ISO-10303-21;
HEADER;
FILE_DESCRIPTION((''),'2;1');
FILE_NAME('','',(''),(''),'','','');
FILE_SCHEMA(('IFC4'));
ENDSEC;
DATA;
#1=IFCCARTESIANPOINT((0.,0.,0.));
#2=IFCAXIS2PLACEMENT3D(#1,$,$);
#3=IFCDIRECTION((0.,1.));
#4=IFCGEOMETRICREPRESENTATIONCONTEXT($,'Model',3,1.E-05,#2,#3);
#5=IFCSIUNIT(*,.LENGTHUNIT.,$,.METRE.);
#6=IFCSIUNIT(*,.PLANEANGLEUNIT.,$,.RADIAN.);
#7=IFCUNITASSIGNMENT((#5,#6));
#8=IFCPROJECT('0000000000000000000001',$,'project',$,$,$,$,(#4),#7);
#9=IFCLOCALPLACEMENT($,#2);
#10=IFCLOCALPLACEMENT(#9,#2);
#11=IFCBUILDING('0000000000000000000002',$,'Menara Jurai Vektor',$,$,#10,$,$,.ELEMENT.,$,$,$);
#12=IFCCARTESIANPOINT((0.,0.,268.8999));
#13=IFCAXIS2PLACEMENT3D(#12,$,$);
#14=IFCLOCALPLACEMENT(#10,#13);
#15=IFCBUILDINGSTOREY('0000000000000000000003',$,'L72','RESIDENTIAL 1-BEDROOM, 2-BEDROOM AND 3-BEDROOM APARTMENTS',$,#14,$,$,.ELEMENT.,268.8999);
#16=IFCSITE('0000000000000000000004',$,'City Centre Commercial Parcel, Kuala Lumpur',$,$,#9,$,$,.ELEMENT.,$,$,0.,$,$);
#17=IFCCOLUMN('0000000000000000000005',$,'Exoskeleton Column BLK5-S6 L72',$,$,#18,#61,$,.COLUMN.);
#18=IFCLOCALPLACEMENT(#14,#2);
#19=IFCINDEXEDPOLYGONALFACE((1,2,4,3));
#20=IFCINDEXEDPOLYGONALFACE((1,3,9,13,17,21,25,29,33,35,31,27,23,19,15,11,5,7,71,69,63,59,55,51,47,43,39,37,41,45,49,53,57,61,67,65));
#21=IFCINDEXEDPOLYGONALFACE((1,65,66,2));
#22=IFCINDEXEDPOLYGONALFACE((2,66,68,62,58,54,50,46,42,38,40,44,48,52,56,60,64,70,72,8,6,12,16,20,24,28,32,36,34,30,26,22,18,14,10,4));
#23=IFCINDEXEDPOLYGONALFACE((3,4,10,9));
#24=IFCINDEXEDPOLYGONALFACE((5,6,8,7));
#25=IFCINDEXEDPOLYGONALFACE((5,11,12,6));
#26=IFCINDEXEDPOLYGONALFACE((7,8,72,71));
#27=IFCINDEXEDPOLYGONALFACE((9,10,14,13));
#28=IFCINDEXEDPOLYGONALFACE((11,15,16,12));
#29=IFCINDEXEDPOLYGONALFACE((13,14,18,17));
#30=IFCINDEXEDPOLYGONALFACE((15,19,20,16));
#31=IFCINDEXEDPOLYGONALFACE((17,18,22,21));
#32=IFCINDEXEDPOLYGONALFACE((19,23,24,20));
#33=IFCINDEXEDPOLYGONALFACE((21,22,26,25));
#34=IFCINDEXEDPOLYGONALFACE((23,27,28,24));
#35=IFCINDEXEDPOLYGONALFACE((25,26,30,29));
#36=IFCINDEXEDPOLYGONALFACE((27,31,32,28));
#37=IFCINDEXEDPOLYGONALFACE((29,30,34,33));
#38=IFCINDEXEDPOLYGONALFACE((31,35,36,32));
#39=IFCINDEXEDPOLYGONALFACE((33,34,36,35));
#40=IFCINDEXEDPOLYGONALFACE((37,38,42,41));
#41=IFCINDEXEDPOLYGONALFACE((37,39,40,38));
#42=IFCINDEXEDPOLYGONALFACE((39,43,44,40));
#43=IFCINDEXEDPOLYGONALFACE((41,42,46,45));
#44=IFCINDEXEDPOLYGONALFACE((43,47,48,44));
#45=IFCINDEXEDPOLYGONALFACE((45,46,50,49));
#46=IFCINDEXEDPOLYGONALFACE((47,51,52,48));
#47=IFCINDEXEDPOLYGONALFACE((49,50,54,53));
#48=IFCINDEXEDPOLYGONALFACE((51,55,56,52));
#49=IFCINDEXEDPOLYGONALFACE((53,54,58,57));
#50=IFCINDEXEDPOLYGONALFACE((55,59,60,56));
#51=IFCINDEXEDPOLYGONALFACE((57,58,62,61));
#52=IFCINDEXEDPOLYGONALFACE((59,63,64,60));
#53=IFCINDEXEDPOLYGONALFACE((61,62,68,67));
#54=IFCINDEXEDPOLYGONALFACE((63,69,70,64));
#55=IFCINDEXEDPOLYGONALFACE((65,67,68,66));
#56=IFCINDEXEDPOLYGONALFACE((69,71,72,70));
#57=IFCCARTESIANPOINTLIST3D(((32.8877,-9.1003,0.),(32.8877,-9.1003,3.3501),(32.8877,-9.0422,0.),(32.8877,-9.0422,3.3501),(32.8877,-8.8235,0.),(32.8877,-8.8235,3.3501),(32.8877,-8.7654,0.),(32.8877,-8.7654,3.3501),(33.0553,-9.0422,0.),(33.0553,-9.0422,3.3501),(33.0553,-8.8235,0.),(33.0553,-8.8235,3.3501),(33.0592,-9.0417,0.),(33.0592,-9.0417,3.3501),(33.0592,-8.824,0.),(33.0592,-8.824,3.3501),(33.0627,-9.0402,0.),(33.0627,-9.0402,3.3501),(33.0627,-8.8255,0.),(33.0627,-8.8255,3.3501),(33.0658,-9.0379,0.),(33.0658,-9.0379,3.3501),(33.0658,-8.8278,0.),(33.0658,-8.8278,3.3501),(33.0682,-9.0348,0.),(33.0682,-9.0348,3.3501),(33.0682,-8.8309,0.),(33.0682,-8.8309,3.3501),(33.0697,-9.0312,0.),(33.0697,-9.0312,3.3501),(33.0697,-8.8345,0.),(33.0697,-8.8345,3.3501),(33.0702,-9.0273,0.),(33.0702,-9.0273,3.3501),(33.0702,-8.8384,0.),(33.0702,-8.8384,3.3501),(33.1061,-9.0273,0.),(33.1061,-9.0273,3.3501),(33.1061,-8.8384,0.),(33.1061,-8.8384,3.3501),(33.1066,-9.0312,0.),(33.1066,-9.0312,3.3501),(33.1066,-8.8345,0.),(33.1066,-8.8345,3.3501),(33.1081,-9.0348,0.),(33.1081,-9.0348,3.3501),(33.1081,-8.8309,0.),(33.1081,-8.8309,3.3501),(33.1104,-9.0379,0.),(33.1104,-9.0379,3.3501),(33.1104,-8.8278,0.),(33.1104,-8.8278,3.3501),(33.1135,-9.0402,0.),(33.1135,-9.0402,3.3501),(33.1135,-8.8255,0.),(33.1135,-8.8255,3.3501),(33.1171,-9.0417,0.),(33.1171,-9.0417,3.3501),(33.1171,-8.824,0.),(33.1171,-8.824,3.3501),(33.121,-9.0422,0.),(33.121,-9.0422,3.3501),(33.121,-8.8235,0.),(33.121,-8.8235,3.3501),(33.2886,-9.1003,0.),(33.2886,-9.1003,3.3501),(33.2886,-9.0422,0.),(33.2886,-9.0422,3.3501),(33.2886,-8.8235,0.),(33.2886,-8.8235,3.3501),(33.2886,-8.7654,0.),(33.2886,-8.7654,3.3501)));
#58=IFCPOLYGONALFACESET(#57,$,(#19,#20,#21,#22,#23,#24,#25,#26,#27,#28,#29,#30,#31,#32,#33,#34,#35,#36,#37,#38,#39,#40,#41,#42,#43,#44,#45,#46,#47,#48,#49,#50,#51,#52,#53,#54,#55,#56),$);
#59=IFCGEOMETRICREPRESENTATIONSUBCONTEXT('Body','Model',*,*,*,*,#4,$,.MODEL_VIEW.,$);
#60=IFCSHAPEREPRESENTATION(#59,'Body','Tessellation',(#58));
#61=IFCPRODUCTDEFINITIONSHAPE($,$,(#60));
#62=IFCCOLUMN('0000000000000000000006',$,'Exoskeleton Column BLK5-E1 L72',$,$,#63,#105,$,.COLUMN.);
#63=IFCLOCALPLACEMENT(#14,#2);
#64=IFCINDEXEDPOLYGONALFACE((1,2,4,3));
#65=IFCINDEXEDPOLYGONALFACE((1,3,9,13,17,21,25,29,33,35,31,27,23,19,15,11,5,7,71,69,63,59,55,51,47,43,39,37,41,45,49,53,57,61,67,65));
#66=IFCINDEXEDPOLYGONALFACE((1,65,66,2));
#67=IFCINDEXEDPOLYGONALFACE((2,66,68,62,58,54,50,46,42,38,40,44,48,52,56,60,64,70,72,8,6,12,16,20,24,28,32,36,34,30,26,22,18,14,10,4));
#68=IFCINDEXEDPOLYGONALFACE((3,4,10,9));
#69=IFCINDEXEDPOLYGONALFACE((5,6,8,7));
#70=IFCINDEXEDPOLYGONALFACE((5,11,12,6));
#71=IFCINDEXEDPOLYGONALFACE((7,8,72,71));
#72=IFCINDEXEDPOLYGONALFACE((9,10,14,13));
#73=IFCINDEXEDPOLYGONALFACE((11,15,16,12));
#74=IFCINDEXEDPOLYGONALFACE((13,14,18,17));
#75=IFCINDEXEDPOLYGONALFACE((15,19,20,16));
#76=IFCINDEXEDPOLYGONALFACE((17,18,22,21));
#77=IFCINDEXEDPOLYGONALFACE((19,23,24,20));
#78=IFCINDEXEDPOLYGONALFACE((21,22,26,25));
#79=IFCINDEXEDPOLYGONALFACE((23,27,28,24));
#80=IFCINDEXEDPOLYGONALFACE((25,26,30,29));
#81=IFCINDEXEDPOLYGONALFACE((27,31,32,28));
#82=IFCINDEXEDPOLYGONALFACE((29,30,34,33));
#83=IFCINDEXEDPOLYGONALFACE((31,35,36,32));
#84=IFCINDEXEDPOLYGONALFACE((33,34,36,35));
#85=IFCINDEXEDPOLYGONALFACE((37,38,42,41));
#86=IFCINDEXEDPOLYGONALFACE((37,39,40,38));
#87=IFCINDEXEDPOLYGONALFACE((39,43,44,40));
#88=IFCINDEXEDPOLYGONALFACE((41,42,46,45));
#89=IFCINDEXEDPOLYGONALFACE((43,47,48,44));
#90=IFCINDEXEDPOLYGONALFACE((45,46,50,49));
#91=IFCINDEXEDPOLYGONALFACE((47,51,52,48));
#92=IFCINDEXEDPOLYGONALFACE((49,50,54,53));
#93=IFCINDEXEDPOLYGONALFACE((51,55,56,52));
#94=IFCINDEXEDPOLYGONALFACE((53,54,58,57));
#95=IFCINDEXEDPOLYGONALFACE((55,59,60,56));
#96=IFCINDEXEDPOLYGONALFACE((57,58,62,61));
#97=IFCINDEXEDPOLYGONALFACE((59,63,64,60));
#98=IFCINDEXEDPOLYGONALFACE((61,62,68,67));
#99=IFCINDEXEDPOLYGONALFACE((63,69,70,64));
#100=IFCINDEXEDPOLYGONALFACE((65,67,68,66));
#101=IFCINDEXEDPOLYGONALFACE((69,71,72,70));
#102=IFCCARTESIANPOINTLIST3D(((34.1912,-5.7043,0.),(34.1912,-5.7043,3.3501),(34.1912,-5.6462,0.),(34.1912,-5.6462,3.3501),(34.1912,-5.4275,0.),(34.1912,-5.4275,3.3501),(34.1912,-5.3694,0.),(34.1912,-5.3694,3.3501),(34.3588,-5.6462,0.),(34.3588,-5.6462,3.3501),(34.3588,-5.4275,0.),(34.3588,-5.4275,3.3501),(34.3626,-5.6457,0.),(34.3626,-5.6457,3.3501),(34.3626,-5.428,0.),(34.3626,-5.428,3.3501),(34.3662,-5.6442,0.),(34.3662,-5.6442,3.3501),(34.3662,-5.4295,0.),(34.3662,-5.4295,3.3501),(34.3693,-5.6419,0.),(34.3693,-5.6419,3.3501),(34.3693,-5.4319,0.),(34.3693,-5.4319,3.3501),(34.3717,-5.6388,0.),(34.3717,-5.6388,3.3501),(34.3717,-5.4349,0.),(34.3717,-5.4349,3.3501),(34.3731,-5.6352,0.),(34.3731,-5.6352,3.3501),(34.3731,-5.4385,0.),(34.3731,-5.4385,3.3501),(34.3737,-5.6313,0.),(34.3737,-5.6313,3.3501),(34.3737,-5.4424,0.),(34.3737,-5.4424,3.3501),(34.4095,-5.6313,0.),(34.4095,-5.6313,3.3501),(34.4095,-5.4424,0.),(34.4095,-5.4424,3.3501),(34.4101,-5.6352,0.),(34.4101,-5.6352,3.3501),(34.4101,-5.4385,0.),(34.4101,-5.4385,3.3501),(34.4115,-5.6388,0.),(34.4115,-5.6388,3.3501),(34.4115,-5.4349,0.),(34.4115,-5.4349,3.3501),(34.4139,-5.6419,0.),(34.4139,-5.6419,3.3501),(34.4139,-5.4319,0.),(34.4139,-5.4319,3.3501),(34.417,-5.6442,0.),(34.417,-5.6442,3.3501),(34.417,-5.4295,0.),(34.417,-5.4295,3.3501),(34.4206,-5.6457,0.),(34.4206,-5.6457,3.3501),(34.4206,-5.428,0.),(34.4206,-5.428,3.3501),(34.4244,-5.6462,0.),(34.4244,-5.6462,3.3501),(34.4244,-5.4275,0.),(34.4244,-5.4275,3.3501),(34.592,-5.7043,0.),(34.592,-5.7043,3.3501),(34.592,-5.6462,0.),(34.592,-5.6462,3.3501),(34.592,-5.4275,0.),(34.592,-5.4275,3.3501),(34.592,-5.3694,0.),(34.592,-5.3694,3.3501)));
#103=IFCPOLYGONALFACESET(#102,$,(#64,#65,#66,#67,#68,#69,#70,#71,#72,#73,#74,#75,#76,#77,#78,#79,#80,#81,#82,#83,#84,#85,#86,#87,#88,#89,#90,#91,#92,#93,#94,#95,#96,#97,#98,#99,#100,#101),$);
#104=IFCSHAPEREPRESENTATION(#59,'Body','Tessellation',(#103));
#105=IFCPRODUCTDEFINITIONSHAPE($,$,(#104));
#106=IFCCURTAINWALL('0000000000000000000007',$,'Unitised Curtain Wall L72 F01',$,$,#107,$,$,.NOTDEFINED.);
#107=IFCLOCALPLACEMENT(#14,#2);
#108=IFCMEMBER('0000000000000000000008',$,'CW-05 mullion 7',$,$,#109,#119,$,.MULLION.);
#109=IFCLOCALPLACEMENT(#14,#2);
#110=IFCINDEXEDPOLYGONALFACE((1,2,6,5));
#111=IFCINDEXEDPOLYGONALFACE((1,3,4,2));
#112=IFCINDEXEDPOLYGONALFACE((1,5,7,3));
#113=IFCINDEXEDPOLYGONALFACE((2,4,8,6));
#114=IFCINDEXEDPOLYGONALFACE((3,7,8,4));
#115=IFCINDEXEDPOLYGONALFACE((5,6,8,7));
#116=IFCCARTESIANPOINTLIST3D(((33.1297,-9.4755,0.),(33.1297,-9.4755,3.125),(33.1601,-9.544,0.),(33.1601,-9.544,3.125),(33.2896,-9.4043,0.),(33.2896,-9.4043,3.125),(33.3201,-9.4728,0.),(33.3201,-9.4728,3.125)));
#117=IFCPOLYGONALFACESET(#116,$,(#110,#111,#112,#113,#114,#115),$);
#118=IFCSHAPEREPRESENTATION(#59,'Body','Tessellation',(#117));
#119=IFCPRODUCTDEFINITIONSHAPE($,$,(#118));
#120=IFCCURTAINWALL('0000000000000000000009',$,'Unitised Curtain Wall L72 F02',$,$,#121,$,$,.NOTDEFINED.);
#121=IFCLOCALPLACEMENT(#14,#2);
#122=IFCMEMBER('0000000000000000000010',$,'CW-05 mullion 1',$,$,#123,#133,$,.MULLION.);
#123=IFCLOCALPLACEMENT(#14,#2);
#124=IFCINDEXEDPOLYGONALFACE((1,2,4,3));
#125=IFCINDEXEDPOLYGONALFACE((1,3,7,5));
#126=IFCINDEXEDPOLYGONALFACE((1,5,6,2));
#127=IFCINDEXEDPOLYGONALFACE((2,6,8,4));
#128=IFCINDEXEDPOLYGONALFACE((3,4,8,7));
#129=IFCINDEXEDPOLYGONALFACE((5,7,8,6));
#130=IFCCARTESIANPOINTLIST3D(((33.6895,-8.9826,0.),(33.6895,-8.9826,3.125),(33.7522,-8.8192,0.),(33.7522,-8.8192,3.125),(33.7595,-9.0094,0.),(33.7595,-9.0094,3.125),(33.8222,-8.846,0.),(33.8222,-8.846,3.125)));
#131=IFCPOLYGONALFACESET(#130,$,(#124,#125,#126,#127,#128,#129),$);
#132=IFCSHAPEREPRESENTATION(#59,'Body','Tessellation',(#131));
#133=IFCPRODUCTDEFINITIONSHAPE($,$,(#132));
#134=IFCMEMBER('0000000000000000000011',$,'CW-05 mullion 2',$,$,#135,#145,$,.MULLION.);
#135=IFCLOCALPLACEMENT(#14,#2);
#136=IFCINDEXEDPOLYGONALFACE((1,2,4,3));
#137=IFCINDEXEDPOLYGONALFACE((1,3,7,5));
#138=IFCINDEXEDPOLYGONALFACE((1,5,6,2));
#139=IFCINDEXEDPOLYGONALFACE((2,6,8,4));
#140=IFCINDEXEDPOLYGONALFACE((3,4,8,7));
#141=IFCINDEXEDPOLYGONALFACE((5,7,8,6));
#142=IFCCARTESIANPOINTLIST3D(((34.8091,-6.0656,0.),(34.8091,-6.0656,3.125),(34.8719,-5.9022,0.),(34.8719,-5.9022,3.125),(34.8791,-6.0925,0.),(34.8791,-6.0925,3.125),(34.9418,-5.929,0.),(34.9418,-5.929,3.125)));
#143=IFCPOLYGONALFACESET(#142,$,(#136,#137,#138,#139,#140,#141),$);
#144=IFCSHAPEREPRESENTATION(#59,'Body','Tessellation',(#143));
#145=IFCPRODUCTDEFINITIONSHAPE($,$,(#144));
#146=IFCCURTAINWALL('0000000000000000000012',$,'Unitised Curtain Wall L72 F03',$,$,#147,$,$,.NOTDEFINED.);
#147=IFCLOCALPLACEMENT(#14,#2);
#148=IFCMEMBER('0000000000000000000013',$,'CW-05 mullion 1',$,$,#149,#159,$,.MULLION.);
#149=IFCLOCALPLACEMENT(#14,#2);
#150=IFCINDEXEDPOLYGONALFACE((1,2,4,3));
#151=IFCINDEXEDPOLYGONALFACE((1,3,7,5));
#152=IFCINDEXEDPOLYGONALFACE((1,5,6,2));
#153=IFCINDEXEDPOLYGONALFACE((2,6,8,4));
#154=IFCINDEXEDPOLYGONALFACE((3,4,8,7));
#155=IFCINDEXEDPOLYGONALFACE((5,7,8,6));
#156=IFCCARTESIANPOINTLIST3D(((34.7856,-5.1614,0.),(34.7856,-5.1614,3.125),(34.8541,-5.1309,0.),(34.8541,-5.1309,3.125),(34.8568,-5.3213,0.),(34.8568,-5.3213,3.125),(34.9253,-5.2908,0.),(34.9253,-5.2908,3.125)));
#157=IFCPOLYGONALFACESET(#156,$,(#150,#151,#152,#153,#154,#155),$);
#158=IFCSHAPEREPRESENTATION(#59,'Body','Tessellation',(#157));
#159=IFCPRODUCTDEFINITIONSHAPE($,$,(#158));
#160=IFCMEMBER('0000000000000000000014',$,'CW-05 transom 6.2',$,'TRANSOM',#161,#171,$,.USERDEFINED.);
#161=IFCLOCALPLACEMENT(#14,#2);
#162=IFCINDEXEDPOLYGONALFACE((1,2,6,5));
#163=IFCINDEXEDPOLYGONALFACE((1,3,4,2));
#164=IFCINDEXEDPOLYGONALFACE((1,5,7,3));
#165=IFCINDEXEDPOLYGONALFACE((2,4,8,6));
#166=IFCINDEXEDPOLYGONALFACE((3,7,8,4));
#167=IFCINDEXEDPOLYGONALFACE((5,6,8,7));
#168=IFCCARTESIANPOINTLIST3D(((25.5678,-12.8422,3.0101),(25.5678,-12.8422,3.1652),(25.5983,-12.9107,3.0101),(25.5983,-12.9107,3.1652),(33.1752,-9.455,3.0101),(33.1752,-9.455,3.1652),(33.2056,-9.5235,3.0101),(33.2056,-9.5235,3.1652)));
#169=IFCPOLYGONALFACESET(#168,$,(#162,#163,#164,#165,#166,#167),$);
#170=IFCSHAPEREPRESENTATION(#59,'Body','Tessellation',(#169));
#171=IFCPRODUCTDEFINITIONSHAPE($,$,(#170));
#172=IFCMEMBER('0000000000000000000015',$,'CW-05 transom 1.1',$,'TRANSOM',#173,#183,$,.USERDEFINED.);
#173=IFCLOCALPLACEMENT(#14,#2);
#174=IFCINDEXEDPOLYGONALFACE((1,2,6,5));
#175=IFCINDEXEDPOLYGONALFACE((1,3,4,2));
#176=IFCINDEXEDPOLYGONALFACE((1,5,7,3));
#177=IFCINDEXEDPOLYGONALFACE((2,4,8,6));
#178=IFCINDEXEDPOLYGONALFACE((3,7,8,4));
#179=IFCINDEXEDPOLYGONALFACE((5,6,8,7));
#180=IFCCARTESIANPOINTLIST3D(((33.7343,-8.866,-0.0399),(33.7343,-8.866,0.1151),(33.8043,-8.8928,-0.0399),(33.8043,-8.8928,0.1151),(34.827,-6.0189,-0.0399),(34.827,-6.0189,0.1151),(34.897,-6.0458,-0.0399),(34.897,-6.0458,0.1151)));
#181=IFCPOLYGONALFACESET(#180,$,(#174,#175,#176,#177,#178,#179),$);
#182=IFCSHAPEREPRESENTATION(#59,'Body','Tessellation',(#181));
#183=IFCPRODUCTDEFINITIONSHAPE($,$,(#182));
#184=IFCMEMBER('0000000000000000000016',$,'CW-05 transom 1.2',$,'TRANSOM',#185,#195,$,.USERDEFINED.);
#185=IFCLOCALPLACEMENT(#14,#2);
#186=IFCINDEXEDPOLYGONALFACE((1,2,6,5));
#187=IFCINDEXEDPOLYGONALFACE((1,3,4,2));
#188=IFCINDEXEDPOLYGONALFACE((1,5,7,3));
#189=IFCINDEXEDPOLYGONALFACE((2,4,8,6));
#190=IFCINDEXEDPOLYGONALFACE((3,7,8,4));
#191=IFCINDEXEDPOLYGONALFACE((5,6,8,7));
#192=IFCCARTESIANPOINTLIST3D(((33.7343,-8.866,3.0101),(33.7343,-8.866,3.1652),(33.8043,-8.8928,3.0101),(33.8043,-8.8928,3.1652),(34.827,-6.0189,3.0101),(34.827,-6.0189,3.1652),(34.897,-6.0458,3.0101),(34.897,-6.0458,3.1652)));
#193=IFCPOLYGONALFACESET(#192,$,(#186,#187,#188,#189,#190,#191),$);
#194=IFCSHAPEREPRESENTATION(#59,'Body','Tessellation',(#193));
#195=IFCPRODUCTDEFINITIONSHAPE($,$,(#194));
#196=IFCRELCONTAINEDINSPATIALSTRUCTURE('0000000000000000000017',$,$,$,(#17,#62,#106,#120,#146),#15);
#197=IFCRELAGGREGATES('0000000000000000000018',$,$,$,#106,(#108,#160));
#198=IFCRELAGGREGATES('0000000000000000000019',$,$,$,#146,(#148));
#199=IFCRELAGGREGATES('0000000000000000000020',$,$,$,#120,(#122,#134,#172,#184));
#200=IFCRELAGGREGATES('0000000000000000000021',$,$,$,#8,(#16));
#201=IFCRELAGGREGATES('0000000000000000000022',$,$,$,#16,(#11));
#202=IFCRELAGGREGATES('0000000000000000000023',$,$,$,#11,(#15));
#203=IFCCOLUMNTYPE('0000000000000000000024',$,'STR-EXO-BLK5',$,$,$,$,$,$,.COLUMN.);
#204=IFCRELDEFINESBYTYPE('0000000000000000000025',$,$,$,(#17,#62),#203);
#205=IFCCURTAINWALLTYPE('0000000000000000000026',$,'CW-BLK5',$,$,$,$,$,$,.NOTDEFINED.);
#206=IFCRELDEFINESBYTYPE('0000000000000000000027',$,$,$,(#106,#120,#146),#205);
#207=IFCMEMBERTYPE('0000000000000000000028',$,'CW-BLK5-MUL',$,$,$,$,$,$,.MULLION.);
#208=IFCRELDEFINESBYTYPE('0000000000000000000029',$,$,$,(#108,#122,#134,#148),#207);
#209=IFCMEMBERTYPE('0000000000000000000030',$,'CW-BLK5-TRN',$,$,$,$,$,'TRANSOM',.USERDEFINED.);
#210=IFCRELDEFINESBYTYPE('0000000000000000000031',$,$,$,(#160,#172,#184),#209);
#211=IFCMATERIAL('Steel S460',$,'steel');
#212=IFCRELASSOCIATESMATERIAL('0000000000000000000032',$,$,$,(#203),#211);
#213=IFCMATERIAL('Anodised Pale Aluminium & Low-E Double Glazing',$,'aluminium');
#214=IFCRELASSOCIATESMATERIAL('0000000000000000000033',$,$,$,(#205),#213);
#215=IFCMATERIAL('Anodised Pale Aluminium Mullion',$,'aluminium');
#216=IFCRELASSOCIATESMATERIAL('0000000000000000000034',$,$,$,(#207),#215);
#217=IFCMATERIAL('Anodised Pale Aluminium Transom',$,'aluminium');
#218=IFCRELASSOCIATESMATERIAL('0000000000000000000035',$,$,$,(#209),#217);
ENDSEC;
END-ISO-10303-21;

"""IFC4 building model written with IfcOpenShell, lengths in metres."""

from ifc_helpers import new_model, si_unit, direction, frame, origin, origin_2d, place, context, subcontext, project, spatial, rectangle, i_section, extrude, material, material_profile, profile_set, type_object, element, aggregate, save


model = new_model("IFC4")

# Units and contexts
model_context = context("Model", 3, precision=1e-05, world=origin(), true_north=direction((0.0, 1.0)))
body_context = subcontext(model_context, "Body", "Model", "MODEL_VIEW")
ifc_project = project(units=[si_unit("LENGTHUNIT", "METRE"), si_unit("PLANEANGLEUNIT", "RADIAN")], contexts=[model_context])

# Site, building, storey
site_placement = place(None, origin())
site = spatial("IfcSite", under=ifc_project, at=site_placement, Name="City Centre Commercial Parcel, Kuala Lumpur", CompositionType="ELEMENT", RefElevation=0.0)
building_placement = place(site_placement, origin())
building = spatial("IfcBuilding", under=site, at=building_placement, Name="Menara Jurai Vektor", CompositionType="ELEMENT")
storey_placement = place(building_placement, frame((0.0, 0.0, 268.8999)))
storey = spatial("IfcBuildingStorey", under=building, at=storey_placement, Name="L72", Description="RESIDENTIAL 1-BEDROOM, 2-BEDROOM AND 3-BEDROOM APARTMENTS", CompositionType="ELEMENT", Elevation=268.8999)

# Columns
ifc_material_1 = material(Name="Steel S460", Category="steel")
ifc_material_profile_1 = material_profile(ifc_material_1, i_section(OverallWidth=0.4009, OverallDepth=0.335, WebThickness=0.0359, FlangeThickness=0.0581, FilletRadius=0.0149, at=origin_2d()), Name="HD 400x463")
ifc_profile_set_1 = profile_set([ifc_material_profile_1], Name="Steel S460")
column_type = type_object("IfcColumnType", Name="STR-EXO-BLK5", PredefinedType="COLUMN", material=ifc_profile_set_1)
for number, where, z_axis, x_axis, name in (
    (1, (33.0881, -8.9329, 0.0), (0.0, 0.0, 1.0), (1.0, 0.0, 0.0), "Exoskeleton Column BLK5-S6 L72"),
    (2, (34.3916, -5.5369, 0.0), (0.0, 0.0, 1.0), (1.0, 0.0, 0.0), "Exoskeleton Column BLK5-E1 L72"),
):
    element("IfcColumn", number, at=place(storey_placement, frame(where, z_axis=z_axis, x_axis=x_axis)), inside=storey, type_object=column_type, Name=name, PredefinedType="COLUMN", context=body_context, shape_type="SweptSolid", body=[
        extrude(i_section(OverallWidth=0.4009, OverallDepth=0.335, WebThickness=0.0359, FlangeThickness=0.0581, FilletRadius=0.0149, at=origin_2d()), origin(), (0.0, 0.0, 1.0), 3.3501),
    ])

# Curtain wall, member
ifc_material_2 = material(Name="Anodised Pale Aluminium & Low-E Double Glazing", Category="aluminium")
curtain_wall_type = type_object("IfcCurtainWallType", Name="CW-BLK5", PredefinedType="NOTDEFINED", material=ifc_material_2)
curtain_wall_1_placement = place(storey_placement, origin())
curtain_wall_1 = element("IfcCurtainWall", 3, at=curtain_wall_1_placement, inside=storey, type_object=curtain_wall_type, Name="Unitised Curtain Wall L72 F01", PredefinedType="NOTDEFINED")
ifc_material_3 = material(Name="Anodised Pale Aluminium Mullion", Category="aluminium")
ifc_material_profile_2 = material_profile(ifc_material_3, rectangle(XDim=0.075, YDim=0.175, at=origin_2d()), Name="ALU MUL 75x175")
ifc_profile_set_2 = profile_set([ifc_material_profile_2], Name="Anodised Pale Aluminium Mullion")
member_type_1 = type_object("IfcMemberType", Name="CW-BLK5-MUL", PredefinedType="MULLION", material=ifc_profile_set_2)
member_1_placement = place(storey_placement, frame((33.2249, -9.4741, 0.0), z_axis=(0.0, 0.0, 1.0), x_axis=(-0.406735, 0.913546, 0.0)))
member_1 = element("IfcMember", 4, at=member_1_placement, type_object=member_type_1, Name="CW-05 mullion 7", PredefinedType="MULLION", context=body_context, shape_type="SweptSolid", body=[
    extrude(rectangle(XDim=0.075, YDim=0.175, at=origin_2d()), origin(), (0.0, 0.0, 1.0), 3.125),
])

# Curtain wall, members
curtain_wall_2_placement = place(storey_placement, origin())
curtain_wall_2 = element("IfcCurtainWall", 5, at=curtain_wall_2_placement, inside=storey, type_object=curtain_wall_type, Name="Unitised Curtain Wall L72 F02", PredefinedType="NOTDEFINED")
member_2_placement = place(storey_placement, frame((33.7559, -8.9143, 0.0), z_axis=(0.0, 0.0, 1.0), x_axis=(-0.933578, 0.358374, 0.0)))
member_2 = element("IfcMember", 6, at=member_2_placement, type_object=member_type_1, Name="CW-05 mullion 1", PredefinedType="MULLION", context=body_context, shape_type="SweptSolid", body=[
    extrude(rectangle(XDim=0.075, YDim=0.175, at=origin_2d()), origin(), (0.0, 0.0, 1.0), 3.125),
])
member_3_placement = place(storey_placement, frame((34.8755, -5.9973, 0.0), z_axis=(0.0, 0.0, 1.0), x_axis=(-0.933578, 0.358374, 0.0)))
member_3 = element("IfcMember", 7, at=member_3_placement, type_object=member_type_1, Name="CW-05 mullion 2", PredefinedType="MULLION", context=body_context, shape_type="SweptSolid", body=[
    extrude(rectangle(XDim=0.075, YDim=0.175, at=origin_2d()), origin(), (0.0, 0.0, 1.0), 3.125),
])

# Curtain wall, member
curtain_wall_3_placement = place(storey_placement, origin())
curtain_wall_3 = element("IfcCurtainWall", 8, at=curtain_wall_3_placement, inside=storey, type_object=curtain_wall_type, Name="Unitised Curtain Wall L72 F03", PredefinedType="NOTDEFINED")
member_4_placement = place(storey_placement, frame((34.8555, -5.2261, 0.0), z_axis=(0.0, 0.0, 1.0), x_axis=(-0.913546, -0.406735, 0.0)))
member_4 = element("IfcMember", 9, at=member_4_placement, type_object=member_type_1, Name="CW-05 mullion 1", PredefinedType="MULLION", context=body_context, shape_type="SweptSolid", body=[
    extrude(rectangle(XDim=0.075, YDim=0.175, at=origin_2d()), origin(), (0.0, 0.0, 1.0), 3.125),
])

# Members
ifc_material_4 = material(Name="Anodised Pale Aluminium Transom", Category="aluminium")
ifc_material_profile_3 = material_profile(ifc_material_4, rectangle(XDim=0.075, YDim=0.155, at=origin_2d()), Name="ALU TRN 75x155")
ifc_profile_set_3 = profile_set([ifc_material_profile_3], Name="Anodised Pale Aluminium Transom")
member_type_2 = type_object("IfcMemberType", Name="CW-BLK5-TRN", ElementType="TRANSOM", PredefinedType="USERDEFINED", material=ifc_profile_set_3)
member_5_placement = place(storey_placement, frame((25.583, -12.8765, 3.0876), z_axis=(0.913538, 0.406753, 0.0), x_axis=(-0.406753, 0.913538, 0.0)))
member_5 = element("IfcMember", 10, at=member_5_placement, type_object=member_type_2, Name="CW-05 transom 6.2", ObjectType="TRANSOM", PredefinedType="USERDEFINED", context=body_context, shape_type="SweptSolid", body=[
    extrude(rectangle(XDim=0.075, YDim=0.155, at=origin_2d()), origin(), (0.0, 0.0, 1.0), 8.3274),
])
member_6_placement = place(storey_placement, frame((33.7693, -8.8794, 0.0376), z_axis=(0.358325, 0.933597, 0.0), x_axis=(-0.933597, 0.358325, 0.0)))
member_6 = element("IfcMember", 11, at=member_6_placement, type_object=member_type_2, Name="CW-05 transom 1.1", ObjectType="TRANSOM", PredefinedType="USERDEFINED", context=body_context, shape_type="SweptSolid", body=[
    extrude(rectangle(XDim=0.075, YDim=0.155, at=origin_2d()), origin(), (0.0, 0.0, 1.0), 3.0496),
])
member_7_placement = place(storey_placement, frame((33.7693, -8.8794, 3.0876), z_axis=(0.358325, 0.933597, 0.0), x_axis=(-0.933597, 0.358325, 0.0)))
member_7 = element("IfcMember", 12, at=member_7_placement, type_object=member_type_2, Name="CW-05 transom 1.2", ObjectType="TRANSOM", PredefinedType="USERDEFINED", context=body_context, shape_type="SweptSolid", body=[
    extrude(rectangle(XDim=0.075, YDim=0.155, at=origin_2d()), origin(), (0.0, 0.0, 1.0), 3.0496),
])

aggregate(curtain_wall_1, [member_1, member_5])
aggregate(curtain_wall_3, [member_4])
aggregate(curtain_wall_2, [member_2, member_3, member_6, member_7])

save(model, "model.ifc")
